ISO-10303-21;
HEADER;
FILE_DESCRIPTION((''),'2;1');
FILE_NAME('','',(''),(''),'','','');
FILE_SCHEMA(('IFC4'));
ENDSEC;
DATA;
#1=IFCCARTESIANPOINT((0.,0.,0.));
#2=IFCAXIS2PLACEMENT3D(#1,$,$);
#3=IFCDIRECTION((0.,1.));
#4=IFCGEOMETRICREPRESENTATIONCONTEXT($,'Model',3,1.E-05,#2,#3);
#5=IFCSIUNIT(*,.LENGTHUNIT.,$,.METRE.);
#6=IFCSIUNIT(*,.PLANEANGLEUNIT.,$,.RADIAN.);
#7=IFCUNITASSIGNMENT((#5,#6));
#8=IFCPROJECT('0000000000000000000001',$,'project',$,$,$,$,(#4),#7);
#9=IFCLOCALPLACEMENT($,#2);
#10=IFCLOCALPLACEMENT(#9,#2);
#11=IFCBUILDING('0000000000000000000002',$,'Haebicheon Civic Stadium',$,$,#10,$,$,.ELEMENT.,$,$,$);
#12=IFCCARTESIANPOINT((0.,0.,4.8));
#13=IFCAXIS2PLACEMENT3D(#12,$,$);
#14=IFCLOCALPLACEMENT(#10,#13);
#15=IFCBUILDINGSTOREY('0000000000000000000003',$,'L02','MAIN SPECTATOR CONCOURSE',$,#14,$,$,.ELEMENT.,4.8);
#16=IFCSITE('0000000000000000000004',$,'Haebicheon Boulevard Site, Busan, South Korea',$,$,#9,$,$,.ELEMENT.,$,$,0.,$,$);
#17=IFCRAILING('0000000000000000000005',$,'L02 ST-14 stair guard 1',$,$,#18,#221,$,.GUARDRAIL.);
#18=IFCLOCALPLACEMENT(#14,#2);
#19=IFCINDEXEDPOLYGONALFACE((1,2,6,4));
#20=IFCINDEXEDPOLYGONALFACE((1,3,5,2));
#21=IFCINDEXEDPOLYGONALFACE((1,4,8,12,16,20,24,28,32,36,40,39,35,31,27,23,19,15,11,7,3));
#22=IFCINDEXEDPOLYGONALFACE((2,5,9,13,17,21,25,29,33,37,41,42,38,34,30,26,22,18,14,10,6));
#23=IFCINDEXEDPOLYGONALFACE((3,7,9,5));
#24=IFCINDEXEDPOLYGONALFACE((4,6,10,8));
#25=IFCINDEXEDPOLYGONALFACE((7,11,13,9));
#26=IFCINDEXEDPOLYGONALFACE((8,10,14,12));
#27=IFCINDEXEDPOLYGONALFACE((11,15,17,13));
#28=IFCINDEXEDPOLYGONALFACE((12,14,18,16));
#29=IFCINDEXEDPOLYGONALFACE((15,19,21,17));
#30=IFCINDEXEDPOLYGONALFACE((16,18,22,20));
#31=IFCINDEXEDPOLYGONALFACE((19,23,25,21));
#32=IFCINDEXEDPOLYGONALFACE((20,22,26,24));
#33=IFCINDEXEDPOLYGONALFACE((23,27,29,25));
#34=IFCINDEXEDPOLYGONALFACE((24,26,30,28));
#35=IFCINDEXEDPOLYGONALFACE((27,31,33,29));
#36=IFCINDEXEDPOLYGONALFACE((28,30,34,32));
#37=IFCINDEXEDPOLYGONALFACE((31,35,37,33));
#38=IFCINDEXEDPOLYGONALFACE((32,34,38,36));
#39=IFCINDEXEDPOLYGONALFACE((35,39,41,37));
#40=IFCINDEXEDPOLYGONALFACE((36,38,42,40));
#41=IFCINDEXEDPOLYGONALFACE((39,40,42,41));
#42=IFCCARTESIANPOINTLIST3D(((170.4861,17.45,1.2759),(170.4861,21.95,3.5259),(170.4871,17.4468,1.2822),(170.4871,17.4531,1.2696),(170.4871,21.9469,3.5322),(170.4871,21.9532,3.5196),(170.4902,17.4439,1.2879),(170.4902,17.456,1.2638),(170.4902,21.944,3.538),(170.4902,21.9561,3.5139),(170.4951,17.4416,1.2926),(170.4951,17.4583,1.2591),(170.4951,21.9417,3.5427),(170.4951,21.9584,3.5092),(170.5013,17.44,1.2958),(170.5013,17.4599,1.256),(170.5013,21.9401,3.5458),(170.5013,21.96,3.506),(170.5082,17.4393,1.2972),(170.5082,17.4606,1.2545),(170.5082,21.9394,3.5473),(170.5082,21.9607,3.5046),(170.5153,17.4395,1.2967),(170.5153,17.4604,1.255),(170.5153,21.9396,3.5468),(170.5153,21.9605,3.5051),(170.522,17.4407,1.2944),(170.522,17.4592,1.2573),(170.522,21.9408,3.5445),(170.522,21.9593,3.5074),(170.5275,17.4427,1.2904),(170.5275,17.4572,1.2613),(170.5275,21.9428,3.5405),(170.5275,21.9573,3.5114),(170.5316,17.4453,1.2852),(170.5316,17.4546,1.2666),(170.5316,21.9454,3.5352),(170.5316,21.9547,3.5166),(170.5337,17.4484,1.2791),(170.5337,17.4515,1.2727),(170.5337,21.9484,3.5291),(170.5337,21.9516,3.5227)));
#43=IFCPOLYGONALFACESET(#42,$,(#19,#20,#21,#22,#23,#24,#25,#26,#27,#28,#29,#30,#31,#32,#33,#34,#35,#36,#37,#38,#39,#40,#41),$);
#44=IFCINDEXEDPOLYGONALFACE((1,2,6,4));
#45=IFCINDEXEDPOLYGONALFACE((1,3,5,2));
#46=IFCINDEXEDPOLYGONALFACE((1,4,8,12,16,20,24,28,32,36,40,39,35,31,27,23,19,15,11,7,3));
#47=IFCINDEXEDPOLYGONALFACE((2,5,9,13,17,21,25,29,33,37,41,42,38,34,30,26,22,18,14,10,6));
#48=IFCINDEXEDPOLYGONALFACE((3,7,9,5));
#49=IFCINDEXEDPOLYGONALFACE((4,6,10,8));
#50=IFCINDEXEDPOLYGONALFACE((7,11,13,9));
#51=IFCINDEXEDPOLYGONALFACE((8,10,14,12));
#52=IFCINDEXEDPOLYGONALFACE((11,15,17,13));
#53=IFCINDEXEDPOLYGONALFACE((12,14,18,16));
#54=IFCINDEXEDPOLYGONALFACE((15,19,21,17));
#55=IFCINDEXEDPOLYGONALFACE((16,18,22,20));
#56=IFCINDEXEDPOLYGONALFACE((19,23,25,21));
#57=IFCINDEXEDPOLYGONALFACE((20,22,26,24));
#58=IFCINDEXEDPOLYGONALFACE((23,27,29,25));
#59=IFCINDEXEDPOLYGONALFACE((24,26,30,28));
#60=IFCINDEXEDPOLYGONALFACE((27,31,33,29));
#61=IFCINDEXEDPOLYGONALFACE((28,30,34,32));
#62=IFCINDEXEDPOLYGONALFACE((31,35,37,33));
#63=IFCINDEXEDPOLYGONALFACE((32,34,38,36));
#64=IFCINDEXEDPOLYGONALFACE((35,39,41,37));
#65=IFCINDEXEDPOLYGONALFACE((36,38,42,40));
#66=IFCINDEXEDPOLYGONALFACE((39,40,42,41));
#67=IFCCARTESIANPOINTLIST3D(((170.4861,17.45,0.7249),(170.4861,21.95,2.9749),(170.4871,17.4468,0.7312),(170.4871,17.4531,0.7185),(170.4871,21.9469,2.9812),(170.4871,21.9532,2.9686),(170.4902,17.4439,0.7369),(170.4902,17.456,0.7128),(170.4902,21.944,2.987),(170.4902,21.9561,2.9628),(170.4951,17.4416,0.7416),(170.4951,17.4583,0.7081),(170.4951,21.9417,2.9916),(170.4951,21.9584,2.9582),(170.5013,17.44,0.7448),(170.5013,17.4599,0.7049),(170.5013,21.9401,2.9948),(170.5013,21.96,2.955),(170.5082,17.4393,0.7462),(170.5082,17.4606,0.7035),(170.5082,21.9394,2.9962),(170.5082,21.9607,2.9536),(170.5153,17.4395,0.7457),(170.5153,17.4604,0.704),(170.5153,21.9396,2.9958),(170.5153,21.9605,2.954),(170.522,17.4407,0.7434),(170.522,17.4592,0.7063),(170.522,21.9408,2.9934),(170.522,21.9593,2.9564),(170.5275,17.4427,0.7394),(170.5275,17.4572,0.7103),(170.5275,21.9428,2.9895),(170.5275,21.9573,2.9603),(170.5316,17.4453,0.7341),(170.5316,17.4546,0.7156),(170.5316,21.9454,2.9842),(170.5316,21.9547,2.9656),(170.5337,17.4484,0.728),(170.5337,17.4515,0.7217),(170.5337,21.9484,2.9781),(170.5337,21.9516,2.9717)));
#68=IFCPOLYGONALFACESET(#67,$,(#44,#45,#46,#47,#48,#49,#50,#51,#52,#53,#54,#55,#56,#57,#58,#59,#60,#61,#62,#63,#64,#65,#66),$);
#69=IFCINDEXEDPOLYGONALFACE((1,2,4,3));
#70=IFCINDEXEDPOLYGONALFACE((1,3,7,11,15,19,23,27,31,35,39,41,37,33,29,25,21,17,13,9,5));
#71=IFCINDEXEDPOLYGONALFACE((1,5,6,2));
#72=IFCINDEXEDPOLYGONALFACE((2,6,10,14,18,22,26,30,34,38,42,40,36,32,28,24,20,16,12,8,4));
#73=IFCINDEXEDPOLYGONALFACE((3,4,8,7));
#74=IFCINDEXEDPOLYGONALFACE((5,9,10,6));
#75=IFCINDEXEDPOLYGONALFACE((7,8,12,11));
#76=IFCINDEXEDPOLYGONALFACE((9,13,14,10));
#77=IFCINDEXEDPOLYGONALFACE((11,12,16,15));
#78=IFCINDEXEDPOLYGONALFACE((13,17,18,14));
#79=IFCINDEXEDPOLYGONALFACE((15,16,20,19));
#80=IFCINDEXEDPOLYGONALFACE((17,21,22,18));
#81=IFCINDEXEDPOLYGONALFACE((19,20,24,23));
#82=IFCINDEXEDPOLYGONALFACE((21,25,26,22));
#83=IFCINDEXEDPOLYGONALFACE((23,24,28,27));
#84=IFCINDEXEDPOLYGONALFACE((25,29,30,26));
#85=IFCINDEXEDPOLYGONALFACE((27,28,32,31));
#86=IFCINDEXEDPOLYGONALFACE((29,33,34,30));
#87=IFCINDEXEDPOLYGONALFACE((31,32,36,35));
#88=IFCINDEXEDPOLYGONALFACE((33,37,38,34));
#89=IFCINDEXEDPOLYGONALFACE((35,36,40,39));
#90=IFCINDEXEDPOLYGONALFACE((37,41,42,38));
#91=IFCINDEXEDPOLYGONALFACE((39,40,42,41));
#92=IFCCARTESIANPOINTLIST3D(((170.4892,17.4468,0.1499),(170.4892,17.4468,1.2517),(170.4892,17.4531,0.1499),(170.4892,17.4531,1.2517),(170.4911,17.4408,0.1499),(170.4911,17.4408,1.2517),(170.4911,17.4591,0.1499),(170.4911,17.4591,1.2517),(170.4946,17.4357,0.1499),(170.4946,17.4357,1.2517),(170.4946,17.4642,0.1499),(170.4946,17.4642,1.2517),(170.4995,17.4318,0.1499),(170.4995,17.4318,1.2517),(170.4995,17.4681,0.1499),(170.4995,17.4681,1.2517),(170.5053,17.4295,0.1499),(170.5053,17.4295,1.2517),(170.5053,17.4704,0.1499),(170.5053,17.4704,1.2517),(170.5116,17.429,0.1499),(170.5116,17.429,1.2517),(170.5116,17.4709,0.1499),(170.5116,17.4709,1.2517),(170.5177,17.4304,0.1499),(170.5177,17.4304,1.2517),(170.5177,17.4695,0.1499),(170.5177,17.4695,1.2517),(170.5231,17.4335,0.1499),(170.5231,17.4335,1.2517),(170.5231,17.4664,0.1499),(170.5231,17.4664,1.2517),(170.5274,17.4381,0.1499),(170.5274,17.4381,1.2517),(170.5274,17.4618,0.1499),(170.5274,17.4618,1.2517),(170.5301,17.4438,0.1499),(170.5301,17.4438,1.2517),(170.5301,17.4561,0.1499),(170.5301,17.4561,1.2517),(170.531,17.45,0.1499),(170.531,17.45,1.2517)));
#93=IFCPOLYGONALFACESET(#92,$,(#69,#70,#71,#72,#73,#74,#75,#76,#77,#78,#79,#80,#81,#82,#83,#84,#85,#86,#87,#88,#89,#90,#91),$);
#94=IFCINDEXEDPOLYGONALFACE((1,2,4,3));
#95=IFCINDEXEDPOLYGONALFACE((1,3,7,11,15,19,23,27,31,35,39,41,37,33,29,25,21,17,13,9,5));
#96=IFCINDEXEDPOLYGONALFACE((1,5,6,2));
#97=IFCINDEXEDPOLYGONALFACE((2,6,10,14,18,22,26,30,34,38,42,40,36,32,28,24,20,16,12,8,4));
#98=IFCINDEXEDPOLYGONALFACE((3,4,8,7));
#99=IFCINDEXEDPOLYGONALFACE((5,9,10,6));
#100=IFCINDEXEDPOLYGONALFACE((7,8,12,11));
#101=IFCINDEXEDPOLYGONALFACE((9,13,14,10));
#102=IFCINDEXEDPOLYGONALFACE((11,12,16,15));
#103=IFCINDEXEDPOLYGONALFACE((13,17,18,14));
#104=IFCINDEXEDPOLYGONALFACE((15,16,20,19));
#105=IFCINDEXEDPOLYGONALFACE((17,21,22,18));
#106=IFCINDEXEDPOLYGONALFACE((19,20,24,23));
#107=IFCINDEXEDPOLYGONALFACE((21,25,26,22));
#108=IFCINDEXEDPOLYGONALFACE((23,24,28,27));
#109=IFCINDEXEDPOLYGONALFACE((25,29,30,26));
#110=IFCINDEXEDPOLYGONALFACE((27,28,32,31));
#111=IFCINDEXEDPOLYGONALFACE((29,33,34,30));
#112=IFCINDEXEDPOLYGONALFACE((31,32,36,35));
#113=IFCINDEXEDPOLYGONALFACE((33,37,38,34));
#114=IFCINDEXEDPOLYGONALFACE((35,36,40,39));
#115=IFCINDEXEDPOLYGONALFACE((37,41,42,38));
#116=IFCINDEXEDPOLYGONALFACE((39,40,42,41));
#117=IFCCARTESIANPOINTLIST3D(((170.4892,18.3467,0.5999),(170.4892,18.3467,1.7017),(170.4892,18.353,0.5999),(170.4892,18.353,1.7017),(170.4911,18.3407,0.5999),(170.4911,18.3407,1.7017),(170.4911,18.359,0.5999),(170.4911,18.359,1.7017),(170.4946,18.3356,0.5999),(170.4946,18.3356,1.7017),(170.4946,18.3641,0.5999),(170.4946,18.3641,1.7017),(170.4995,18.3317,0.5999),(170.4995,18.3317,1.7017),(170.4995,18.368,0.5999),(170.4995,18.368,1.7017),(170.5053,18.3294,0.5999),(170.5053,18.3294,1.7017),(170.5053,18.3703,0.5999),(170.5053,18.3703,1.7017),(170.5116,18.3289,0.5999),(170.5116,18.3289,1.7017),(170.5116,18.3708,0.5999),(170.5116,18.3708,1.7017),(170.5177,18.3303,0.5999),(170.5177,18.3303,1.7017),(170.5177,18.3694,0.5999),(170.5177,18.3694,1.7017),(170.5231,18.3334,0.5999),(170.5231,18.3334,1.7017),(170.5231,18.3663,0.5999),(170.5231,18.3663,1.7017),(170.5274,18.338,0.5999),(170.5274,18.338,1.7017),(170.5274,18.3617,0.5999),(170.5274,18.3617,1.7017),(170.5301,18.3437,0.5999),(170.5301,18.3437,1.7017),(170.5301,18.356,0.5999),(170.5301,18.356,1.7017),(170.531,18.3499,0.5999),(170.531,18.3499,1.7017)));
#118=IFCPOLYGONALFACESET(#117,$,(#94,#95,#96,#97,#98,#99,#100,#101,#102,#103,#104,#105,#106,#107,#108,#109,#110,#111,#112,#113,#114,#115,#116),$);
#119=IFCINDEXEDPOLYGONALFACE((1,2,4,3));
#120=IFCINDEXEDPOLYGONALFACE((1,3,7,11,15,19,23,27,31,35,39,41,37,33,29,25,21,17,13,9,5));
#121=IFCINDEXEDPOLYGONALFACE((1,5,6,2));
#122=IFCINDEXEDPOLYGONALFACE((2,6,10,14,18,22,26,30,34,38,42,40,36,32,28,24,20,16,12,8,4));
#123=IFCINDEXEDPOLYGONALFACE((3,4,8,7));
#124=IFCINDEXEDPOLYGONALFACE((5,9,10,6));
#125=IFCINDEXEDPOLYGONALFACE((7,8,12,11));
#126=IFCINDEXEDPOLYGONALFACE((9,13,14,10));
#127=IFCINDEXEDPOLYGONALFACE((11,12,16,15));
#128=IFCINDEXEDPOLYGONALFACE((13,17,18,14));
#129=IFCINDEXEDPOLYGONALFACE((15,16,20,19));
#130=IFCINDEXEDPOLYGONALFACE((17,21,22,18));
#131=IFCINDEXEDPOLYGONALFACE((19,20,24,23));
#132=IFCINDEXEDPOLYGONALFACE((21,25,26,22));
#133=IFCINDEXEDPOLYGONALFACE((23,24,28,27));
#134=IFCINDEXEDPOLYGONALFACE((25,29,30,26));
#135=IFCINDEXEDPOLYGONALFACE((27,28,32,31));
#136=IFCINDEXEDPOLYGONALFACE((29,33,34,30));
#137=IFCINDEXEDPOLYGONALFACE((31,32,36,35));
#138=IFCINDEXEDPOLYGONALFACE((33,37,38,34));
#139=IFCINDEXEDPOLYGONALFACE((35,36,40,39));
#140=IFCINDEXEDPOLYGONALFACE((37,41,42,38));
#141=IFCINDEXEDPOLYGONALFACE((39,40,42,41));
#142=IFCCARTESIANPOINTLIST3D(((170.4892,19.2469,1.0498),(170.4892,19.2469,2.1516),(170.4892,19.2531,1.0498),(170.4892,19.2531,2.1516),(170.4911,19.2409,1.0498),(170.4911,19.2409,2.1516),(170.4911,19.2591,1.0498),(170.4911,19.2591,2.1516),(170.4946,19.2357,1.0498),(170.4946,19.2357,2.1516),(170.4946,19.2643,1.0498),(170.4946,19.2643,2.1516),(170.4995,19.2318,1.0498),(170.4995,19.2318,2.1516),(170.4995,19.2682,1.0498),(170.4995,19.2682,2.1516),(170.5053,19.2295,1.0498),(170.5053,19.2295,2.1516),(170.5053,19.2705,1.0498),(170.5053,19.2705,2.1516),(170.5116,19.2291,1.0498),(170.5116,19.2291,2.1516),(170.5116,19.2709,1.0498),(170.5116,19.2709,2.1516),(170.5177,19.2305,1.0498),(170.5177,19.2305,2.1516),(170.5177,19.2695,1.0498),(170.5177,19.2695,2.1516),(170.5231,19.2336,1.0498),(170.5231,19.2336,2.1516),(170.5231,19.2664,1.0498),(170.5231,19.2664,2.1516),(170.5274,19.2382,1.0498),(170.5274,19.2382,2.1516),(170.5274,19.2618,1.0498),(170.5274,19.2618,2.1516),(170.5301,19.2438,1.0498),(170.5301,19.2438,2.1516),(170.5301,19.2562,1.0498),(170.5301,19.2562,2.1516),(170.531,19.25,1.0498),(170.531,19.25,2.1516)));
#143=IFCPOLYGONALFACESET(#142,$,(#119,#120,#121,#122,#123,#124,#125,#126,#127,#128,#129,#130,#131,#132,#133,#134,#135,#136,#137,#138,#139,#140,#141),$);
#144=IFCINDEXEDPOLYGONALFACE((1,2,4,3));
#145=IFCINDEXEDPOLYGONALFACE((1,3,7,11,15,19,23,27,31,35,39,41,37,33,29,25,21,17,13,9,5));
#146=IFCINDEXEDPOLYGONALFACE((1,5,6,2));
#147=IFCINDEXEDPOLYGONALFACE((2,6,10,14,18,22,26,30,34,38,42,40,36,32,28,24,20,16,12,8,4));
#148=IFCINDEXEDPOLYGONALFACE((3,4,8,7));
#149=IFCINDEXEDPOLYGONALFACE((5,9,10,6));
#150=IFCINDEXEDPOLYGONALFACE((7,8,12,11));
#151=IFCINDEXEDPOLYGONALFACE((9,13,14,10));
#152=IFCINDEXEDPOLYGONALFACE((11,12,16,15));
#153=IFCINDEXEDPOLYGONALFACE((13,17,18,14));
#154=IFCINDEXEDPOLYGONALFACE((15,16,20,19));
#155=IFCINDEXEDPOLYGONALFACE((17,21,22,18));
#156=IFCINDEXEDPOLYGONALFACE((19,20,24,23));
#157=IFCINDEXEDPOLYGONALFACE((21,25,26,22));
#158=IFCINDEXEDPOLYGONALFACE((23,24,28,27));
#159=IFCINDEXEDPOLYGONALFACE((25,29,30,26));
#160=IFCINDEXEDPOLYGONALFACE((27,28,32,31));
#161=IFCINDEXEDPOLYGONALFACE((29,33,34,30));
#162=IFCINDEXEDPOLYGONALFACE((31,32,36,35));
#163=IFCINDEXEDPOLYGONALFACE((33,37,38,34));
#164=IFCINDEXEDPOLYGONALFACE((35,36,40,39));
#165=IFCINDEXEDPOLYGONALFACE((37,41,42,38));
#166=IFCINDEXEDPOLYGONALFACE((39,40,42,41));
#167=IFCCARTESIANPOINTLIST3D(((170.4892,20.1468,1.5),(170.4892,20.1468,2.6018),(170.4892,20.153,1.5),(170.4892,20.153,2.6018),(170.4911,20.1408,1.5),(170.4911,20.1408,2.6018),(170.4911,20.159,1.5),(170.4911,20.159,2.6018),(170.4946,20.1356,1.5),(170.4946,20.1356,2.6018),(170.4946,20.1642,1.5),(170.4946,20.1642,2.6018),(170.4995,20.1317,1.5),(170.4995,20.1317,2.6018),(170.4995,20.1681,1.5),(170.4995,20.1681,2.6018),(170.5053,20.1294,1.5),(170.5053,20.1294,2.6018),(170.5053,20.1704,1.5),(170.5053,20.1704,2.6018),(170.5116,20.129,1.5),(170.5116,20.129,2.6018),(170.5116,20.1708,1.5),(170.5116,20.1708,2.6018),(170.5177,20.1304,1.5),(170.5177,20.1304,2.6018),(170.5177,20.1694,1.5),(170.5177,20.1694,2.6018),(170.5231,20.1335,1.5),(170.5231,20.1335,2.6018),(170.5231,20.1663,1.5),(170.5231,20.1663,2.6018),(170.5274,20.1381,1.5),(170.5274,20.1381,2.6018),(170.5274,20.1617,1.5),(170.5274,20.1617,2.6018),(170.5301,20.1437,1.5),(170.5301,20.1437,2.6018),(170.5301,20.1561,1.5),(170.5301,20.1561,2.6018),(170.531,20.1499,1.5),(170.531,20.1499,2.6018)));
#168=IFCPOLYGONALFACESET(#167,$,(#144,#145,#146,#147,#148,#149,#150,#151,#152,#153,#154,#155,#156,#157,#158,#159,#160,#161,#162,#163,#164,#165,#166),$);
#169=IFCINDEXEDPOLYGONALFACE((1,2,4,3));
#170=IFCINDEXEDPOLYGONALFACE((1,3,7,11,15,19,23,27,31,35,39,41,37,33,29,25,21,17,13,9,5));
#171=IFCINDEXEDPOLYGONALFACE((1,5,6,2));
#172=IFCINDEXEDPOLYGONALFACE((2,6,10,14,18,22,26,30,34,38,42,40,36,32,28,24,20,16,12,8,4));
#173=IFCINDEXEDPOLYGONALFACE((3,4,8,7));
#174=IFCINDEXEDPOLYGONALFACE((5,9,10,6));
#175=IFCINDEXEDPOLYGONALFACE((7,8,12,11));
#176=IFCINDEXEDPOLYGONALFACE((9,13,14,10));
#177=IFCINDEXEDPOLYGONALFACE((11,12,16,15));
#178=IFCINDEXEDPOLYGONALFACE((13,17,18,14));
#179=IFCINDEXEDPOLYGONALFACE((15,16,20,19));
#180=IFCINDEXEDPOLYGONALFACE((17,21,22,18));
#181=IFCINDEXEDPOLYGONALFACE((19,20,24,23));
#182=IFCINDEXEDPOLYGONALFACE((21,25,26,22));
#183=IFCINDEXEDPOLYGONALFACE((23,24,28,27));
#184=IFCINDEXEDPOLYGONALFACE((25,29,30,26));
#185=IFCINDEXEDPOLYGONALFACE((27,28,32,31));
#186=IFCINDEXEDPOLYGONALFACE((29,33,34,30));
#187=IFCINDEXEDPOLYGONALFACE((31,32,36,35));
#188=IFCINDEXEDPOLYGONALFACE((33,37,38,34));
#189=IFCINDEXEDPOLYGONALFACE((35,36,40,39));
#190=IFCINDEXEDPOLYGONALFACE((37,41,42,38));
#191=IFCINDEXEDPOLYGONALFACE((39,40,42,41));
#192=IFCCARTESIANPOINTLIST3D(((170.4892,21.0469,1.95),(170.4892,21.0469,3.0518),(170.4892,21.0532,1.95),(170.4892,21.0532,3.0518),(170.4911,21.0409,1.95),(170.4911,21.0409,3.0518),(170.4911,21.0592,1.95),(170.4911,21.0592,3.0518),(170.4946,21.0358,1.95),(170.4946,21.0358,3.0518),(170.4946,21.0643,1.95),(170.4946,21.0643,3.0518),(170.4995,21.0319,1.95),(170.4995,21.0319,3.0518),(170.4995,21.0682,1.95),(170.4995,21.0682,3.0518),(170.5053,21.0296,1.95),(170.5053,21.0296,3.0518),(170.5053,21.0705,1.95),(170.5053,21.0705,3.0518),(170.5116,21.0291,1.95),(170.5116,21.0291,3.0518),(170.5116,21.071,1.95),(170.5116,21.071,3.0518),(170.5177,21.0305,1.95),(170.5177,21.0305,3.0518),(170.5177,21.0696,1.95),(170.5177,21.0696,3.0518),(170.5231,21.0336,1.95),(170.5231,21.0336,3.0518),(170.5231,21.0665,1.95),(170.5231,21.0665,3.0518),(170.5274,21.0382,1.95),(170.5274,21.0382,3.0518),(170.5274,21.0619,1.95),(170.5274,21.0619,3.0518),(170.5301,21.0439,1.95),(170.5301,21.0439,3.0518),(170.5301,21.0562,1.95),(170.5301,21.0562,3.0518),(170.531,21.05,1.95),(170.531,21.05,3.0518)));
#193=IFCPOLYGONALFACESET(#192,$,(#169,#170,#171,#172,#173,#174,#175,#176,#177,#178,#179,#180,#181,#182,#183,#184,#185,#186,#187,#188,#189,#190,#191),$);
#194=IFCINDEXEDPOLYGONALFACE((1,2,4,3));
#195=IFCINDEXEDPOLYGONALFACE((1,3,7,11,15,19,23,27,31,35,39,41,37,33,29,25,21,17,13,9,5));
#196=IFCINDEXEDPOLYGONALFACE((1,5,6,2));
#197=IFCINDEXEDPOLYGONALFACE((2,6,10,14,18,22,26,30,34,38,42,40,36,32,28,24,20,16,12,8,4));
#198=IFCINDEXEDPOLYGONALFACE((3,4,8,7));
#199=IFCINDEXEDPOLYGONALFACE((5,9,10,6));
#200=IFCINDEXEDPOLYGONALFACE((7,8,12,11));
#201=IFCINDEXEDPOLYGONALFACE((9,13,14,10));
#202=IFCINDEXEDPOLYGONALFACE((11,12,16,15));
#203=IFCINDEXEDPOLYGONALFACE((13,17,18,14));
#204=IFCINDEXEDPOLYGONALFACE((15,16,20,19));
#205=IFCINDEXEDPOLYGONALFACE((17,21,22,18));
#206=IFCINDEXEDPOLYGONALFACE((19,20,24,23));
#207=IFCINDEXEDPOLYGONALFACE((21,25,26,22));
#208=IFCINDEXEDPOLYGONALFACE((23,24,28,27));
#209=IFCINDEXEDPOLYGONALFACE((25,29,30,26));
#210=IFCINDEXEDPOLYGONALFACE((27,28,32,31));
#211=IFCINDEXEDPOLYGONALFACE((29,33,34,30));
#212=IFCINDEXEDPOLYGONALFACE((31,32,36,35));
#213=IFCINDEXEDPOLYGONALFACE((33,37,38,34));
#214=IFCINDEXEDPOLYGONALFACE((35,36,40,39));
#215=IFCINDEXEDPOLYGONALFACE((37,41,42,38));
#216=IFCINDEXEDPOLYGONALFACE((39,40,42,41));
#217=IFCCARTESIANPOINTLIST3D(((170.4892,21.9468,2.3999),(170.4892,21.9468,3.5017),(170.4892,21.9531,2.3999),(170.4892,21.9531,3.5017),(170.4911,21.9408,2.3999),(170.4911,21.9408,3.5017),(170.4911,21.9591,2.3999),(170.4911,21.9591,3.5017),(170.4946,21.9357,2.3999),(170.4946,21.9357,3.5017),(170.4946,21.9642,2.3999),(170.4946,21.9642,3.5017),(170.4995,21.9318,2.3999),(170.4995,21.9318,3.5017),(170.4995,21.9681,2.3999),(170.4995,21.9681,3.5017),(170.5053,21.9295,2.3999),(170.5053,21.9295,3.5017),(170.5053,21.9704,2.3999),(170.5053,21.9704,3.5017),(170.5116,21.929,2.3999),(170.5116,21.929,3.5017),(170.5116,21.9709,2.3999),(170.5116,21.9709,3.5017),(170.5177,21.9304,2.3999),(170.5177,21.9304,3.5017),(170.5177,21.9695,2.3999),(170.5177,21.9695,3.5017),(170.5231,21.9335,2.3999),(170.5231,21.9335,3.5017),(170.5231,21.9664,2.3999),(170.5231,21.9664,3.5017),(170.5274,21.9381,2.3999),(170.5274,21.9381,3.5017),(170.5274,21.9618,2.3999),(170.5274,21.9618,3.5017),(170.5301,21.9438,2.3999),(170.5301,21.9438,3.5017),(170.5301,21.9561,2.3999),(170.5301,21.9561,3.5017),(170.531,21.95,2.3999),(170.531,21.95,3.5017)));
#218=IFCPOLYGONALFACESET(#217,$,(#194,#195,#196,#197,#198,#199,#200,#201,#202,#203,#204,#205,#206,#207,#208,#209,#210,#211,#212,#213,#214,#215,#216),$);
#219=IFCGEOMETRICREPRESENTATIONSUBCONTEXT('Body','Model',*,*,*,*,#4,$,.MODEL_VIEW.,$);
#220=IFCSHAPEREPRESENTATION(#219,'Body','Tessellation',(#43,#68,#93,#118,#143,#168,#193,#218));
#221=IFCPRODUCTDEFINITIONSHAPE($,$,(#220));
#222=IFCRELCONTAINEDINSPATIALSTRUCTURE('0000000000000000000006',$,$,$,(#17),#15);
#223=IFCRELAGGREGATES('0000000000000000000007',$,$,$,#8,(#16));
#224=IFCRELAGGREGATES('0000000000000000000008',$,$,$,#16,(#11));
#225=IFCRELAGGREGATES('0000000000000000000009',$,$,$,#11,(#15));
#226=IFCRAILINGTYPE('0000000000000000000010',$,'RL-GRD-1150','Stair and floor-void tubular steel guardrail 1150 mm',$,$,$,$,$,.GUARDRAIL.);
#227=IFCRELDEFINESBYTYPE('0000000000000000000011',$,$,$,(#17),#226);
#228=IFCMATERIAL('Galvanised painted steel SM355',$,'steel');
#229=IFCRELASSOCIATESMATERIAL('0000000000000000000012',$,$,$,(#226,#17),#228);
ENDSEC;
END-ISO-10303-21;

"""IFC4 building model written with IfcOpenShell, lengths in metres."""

from ifc_helpers import new_model, si_unit, direction, frame, origin, origin_2d, place, context, subcontext, project, spatial, circle, extrude, material, type_object, element, save


model = new_model("IFC4")

# Units and contexts
model_context = context("Model", 3, precision=1e-05, world=origin(), true_north=direction((0.0, 1.0)))
body_context = subcontext(model_context, "Body", "Model", "MODEL_VIEW")
ifc_project = project(units=[si_unit("LENGTHUNIT", "METRE"), si_unit("PLANEANGLEUNIT", "RADIAN")], contexts=[model_context])

# Site, building, storey
site_placement = place(None, origin())
site = spatial("IfcSite", under=ifc_project, at=site_placement, Name="Haebicheon Boulevard Site, Busan, South Korea", CompositionType="ELEMENT", RefElevation=0.0)
building_placement = place(site_placement, origin())
building = spatial("IfcBuilding", under=site, at=building_placement, Name="Haebicheon Civic Stadium", CompositionType="ELEMENT")
storey_placement = place(building_placement, frame((0.0, 0.0, 4.8)))
storey = spatial("IfcBuildingStorey", under=building, at=storey_placement, Name="L02", Description="MAIN SPECTATOR CONCOURSE", CompositionType="ELEMENT", Elevation=4.8)

# Railing
ifc_material_1 = material(Name="Galvanised painted steel SM355", Category="steel")
railing_type_1 = type_object("IfcRailingType", Name="RL-GRD-1150", Description="Stair and floor-void tubular steel guardrail 1150 mm", PredefinedType="GUARDRAIL", material=ifc_material_1)
railing_1_placement = place(storey_placement, frame((170.51, 17.45, 0.1499)))
element("IfcRailing", 1, at=railing_1_placement, inside=storey, type_object=railing_type_1, material=ifc_material_1, Name="L02 ST-14 stair guard 1", PredefinedType="GUARDRAIL", context=body_context, shape_type="SweptSolid", body=[
    extrude(circle(Radius=0.0239, at=origin_2d()), frame((0.0, 0.0, 1.126), z_axis=(0.0, 0.894427, 0.447214), x_axis=(-1.0, 0.0, 0.0)), (0.0, 0.0, 1.0), 5.0312),
    extrude(circle(Radius=0.0239, at=origin_2d()), frame((0.0, 0.0, 0.575), z_axis=(0.0, 0.894427, 0.447214), x_axis=(-1.0, 0.0, 0.0)), (0.0, 0.0, 1.0), 5.0312),
    extrude(circle(Radius=0.021, at=origin_2d()), origin(), (0.0, 0.0, 1.0), 1.1018),
    extrude(circle(Radius=0.021, at=origin_2d()), frame((0.0, 0.8999, 0.45)), (0.0, 0.0, 1.0), 1.1018),
    extrude(circle(Radius=0.021, at=origin_2d()), frame((0.0, 1.8, 0.8999)), (0.0, 0.0, 1.0), 1.1018),
    extrude(circle(Radius=0.021, at=origin_2d()), frame((0.0, 2.7, 1.3501)), (0.0, 0.0, 1.0), 1.1018),
    extrude(circle(Radius=0.021, at=origin_2d()), frame((0.0, 3.6001, 1.8)), (0.0, 0.0, 1.0), 1.1018),
    extrude(circle(Radius=0.021, at=origin_2d()), frame((0.0, 4.5, 2.25)), (0.0, 0.0, 1.0), 1.1018),
])

save(model, "model.ifc")
